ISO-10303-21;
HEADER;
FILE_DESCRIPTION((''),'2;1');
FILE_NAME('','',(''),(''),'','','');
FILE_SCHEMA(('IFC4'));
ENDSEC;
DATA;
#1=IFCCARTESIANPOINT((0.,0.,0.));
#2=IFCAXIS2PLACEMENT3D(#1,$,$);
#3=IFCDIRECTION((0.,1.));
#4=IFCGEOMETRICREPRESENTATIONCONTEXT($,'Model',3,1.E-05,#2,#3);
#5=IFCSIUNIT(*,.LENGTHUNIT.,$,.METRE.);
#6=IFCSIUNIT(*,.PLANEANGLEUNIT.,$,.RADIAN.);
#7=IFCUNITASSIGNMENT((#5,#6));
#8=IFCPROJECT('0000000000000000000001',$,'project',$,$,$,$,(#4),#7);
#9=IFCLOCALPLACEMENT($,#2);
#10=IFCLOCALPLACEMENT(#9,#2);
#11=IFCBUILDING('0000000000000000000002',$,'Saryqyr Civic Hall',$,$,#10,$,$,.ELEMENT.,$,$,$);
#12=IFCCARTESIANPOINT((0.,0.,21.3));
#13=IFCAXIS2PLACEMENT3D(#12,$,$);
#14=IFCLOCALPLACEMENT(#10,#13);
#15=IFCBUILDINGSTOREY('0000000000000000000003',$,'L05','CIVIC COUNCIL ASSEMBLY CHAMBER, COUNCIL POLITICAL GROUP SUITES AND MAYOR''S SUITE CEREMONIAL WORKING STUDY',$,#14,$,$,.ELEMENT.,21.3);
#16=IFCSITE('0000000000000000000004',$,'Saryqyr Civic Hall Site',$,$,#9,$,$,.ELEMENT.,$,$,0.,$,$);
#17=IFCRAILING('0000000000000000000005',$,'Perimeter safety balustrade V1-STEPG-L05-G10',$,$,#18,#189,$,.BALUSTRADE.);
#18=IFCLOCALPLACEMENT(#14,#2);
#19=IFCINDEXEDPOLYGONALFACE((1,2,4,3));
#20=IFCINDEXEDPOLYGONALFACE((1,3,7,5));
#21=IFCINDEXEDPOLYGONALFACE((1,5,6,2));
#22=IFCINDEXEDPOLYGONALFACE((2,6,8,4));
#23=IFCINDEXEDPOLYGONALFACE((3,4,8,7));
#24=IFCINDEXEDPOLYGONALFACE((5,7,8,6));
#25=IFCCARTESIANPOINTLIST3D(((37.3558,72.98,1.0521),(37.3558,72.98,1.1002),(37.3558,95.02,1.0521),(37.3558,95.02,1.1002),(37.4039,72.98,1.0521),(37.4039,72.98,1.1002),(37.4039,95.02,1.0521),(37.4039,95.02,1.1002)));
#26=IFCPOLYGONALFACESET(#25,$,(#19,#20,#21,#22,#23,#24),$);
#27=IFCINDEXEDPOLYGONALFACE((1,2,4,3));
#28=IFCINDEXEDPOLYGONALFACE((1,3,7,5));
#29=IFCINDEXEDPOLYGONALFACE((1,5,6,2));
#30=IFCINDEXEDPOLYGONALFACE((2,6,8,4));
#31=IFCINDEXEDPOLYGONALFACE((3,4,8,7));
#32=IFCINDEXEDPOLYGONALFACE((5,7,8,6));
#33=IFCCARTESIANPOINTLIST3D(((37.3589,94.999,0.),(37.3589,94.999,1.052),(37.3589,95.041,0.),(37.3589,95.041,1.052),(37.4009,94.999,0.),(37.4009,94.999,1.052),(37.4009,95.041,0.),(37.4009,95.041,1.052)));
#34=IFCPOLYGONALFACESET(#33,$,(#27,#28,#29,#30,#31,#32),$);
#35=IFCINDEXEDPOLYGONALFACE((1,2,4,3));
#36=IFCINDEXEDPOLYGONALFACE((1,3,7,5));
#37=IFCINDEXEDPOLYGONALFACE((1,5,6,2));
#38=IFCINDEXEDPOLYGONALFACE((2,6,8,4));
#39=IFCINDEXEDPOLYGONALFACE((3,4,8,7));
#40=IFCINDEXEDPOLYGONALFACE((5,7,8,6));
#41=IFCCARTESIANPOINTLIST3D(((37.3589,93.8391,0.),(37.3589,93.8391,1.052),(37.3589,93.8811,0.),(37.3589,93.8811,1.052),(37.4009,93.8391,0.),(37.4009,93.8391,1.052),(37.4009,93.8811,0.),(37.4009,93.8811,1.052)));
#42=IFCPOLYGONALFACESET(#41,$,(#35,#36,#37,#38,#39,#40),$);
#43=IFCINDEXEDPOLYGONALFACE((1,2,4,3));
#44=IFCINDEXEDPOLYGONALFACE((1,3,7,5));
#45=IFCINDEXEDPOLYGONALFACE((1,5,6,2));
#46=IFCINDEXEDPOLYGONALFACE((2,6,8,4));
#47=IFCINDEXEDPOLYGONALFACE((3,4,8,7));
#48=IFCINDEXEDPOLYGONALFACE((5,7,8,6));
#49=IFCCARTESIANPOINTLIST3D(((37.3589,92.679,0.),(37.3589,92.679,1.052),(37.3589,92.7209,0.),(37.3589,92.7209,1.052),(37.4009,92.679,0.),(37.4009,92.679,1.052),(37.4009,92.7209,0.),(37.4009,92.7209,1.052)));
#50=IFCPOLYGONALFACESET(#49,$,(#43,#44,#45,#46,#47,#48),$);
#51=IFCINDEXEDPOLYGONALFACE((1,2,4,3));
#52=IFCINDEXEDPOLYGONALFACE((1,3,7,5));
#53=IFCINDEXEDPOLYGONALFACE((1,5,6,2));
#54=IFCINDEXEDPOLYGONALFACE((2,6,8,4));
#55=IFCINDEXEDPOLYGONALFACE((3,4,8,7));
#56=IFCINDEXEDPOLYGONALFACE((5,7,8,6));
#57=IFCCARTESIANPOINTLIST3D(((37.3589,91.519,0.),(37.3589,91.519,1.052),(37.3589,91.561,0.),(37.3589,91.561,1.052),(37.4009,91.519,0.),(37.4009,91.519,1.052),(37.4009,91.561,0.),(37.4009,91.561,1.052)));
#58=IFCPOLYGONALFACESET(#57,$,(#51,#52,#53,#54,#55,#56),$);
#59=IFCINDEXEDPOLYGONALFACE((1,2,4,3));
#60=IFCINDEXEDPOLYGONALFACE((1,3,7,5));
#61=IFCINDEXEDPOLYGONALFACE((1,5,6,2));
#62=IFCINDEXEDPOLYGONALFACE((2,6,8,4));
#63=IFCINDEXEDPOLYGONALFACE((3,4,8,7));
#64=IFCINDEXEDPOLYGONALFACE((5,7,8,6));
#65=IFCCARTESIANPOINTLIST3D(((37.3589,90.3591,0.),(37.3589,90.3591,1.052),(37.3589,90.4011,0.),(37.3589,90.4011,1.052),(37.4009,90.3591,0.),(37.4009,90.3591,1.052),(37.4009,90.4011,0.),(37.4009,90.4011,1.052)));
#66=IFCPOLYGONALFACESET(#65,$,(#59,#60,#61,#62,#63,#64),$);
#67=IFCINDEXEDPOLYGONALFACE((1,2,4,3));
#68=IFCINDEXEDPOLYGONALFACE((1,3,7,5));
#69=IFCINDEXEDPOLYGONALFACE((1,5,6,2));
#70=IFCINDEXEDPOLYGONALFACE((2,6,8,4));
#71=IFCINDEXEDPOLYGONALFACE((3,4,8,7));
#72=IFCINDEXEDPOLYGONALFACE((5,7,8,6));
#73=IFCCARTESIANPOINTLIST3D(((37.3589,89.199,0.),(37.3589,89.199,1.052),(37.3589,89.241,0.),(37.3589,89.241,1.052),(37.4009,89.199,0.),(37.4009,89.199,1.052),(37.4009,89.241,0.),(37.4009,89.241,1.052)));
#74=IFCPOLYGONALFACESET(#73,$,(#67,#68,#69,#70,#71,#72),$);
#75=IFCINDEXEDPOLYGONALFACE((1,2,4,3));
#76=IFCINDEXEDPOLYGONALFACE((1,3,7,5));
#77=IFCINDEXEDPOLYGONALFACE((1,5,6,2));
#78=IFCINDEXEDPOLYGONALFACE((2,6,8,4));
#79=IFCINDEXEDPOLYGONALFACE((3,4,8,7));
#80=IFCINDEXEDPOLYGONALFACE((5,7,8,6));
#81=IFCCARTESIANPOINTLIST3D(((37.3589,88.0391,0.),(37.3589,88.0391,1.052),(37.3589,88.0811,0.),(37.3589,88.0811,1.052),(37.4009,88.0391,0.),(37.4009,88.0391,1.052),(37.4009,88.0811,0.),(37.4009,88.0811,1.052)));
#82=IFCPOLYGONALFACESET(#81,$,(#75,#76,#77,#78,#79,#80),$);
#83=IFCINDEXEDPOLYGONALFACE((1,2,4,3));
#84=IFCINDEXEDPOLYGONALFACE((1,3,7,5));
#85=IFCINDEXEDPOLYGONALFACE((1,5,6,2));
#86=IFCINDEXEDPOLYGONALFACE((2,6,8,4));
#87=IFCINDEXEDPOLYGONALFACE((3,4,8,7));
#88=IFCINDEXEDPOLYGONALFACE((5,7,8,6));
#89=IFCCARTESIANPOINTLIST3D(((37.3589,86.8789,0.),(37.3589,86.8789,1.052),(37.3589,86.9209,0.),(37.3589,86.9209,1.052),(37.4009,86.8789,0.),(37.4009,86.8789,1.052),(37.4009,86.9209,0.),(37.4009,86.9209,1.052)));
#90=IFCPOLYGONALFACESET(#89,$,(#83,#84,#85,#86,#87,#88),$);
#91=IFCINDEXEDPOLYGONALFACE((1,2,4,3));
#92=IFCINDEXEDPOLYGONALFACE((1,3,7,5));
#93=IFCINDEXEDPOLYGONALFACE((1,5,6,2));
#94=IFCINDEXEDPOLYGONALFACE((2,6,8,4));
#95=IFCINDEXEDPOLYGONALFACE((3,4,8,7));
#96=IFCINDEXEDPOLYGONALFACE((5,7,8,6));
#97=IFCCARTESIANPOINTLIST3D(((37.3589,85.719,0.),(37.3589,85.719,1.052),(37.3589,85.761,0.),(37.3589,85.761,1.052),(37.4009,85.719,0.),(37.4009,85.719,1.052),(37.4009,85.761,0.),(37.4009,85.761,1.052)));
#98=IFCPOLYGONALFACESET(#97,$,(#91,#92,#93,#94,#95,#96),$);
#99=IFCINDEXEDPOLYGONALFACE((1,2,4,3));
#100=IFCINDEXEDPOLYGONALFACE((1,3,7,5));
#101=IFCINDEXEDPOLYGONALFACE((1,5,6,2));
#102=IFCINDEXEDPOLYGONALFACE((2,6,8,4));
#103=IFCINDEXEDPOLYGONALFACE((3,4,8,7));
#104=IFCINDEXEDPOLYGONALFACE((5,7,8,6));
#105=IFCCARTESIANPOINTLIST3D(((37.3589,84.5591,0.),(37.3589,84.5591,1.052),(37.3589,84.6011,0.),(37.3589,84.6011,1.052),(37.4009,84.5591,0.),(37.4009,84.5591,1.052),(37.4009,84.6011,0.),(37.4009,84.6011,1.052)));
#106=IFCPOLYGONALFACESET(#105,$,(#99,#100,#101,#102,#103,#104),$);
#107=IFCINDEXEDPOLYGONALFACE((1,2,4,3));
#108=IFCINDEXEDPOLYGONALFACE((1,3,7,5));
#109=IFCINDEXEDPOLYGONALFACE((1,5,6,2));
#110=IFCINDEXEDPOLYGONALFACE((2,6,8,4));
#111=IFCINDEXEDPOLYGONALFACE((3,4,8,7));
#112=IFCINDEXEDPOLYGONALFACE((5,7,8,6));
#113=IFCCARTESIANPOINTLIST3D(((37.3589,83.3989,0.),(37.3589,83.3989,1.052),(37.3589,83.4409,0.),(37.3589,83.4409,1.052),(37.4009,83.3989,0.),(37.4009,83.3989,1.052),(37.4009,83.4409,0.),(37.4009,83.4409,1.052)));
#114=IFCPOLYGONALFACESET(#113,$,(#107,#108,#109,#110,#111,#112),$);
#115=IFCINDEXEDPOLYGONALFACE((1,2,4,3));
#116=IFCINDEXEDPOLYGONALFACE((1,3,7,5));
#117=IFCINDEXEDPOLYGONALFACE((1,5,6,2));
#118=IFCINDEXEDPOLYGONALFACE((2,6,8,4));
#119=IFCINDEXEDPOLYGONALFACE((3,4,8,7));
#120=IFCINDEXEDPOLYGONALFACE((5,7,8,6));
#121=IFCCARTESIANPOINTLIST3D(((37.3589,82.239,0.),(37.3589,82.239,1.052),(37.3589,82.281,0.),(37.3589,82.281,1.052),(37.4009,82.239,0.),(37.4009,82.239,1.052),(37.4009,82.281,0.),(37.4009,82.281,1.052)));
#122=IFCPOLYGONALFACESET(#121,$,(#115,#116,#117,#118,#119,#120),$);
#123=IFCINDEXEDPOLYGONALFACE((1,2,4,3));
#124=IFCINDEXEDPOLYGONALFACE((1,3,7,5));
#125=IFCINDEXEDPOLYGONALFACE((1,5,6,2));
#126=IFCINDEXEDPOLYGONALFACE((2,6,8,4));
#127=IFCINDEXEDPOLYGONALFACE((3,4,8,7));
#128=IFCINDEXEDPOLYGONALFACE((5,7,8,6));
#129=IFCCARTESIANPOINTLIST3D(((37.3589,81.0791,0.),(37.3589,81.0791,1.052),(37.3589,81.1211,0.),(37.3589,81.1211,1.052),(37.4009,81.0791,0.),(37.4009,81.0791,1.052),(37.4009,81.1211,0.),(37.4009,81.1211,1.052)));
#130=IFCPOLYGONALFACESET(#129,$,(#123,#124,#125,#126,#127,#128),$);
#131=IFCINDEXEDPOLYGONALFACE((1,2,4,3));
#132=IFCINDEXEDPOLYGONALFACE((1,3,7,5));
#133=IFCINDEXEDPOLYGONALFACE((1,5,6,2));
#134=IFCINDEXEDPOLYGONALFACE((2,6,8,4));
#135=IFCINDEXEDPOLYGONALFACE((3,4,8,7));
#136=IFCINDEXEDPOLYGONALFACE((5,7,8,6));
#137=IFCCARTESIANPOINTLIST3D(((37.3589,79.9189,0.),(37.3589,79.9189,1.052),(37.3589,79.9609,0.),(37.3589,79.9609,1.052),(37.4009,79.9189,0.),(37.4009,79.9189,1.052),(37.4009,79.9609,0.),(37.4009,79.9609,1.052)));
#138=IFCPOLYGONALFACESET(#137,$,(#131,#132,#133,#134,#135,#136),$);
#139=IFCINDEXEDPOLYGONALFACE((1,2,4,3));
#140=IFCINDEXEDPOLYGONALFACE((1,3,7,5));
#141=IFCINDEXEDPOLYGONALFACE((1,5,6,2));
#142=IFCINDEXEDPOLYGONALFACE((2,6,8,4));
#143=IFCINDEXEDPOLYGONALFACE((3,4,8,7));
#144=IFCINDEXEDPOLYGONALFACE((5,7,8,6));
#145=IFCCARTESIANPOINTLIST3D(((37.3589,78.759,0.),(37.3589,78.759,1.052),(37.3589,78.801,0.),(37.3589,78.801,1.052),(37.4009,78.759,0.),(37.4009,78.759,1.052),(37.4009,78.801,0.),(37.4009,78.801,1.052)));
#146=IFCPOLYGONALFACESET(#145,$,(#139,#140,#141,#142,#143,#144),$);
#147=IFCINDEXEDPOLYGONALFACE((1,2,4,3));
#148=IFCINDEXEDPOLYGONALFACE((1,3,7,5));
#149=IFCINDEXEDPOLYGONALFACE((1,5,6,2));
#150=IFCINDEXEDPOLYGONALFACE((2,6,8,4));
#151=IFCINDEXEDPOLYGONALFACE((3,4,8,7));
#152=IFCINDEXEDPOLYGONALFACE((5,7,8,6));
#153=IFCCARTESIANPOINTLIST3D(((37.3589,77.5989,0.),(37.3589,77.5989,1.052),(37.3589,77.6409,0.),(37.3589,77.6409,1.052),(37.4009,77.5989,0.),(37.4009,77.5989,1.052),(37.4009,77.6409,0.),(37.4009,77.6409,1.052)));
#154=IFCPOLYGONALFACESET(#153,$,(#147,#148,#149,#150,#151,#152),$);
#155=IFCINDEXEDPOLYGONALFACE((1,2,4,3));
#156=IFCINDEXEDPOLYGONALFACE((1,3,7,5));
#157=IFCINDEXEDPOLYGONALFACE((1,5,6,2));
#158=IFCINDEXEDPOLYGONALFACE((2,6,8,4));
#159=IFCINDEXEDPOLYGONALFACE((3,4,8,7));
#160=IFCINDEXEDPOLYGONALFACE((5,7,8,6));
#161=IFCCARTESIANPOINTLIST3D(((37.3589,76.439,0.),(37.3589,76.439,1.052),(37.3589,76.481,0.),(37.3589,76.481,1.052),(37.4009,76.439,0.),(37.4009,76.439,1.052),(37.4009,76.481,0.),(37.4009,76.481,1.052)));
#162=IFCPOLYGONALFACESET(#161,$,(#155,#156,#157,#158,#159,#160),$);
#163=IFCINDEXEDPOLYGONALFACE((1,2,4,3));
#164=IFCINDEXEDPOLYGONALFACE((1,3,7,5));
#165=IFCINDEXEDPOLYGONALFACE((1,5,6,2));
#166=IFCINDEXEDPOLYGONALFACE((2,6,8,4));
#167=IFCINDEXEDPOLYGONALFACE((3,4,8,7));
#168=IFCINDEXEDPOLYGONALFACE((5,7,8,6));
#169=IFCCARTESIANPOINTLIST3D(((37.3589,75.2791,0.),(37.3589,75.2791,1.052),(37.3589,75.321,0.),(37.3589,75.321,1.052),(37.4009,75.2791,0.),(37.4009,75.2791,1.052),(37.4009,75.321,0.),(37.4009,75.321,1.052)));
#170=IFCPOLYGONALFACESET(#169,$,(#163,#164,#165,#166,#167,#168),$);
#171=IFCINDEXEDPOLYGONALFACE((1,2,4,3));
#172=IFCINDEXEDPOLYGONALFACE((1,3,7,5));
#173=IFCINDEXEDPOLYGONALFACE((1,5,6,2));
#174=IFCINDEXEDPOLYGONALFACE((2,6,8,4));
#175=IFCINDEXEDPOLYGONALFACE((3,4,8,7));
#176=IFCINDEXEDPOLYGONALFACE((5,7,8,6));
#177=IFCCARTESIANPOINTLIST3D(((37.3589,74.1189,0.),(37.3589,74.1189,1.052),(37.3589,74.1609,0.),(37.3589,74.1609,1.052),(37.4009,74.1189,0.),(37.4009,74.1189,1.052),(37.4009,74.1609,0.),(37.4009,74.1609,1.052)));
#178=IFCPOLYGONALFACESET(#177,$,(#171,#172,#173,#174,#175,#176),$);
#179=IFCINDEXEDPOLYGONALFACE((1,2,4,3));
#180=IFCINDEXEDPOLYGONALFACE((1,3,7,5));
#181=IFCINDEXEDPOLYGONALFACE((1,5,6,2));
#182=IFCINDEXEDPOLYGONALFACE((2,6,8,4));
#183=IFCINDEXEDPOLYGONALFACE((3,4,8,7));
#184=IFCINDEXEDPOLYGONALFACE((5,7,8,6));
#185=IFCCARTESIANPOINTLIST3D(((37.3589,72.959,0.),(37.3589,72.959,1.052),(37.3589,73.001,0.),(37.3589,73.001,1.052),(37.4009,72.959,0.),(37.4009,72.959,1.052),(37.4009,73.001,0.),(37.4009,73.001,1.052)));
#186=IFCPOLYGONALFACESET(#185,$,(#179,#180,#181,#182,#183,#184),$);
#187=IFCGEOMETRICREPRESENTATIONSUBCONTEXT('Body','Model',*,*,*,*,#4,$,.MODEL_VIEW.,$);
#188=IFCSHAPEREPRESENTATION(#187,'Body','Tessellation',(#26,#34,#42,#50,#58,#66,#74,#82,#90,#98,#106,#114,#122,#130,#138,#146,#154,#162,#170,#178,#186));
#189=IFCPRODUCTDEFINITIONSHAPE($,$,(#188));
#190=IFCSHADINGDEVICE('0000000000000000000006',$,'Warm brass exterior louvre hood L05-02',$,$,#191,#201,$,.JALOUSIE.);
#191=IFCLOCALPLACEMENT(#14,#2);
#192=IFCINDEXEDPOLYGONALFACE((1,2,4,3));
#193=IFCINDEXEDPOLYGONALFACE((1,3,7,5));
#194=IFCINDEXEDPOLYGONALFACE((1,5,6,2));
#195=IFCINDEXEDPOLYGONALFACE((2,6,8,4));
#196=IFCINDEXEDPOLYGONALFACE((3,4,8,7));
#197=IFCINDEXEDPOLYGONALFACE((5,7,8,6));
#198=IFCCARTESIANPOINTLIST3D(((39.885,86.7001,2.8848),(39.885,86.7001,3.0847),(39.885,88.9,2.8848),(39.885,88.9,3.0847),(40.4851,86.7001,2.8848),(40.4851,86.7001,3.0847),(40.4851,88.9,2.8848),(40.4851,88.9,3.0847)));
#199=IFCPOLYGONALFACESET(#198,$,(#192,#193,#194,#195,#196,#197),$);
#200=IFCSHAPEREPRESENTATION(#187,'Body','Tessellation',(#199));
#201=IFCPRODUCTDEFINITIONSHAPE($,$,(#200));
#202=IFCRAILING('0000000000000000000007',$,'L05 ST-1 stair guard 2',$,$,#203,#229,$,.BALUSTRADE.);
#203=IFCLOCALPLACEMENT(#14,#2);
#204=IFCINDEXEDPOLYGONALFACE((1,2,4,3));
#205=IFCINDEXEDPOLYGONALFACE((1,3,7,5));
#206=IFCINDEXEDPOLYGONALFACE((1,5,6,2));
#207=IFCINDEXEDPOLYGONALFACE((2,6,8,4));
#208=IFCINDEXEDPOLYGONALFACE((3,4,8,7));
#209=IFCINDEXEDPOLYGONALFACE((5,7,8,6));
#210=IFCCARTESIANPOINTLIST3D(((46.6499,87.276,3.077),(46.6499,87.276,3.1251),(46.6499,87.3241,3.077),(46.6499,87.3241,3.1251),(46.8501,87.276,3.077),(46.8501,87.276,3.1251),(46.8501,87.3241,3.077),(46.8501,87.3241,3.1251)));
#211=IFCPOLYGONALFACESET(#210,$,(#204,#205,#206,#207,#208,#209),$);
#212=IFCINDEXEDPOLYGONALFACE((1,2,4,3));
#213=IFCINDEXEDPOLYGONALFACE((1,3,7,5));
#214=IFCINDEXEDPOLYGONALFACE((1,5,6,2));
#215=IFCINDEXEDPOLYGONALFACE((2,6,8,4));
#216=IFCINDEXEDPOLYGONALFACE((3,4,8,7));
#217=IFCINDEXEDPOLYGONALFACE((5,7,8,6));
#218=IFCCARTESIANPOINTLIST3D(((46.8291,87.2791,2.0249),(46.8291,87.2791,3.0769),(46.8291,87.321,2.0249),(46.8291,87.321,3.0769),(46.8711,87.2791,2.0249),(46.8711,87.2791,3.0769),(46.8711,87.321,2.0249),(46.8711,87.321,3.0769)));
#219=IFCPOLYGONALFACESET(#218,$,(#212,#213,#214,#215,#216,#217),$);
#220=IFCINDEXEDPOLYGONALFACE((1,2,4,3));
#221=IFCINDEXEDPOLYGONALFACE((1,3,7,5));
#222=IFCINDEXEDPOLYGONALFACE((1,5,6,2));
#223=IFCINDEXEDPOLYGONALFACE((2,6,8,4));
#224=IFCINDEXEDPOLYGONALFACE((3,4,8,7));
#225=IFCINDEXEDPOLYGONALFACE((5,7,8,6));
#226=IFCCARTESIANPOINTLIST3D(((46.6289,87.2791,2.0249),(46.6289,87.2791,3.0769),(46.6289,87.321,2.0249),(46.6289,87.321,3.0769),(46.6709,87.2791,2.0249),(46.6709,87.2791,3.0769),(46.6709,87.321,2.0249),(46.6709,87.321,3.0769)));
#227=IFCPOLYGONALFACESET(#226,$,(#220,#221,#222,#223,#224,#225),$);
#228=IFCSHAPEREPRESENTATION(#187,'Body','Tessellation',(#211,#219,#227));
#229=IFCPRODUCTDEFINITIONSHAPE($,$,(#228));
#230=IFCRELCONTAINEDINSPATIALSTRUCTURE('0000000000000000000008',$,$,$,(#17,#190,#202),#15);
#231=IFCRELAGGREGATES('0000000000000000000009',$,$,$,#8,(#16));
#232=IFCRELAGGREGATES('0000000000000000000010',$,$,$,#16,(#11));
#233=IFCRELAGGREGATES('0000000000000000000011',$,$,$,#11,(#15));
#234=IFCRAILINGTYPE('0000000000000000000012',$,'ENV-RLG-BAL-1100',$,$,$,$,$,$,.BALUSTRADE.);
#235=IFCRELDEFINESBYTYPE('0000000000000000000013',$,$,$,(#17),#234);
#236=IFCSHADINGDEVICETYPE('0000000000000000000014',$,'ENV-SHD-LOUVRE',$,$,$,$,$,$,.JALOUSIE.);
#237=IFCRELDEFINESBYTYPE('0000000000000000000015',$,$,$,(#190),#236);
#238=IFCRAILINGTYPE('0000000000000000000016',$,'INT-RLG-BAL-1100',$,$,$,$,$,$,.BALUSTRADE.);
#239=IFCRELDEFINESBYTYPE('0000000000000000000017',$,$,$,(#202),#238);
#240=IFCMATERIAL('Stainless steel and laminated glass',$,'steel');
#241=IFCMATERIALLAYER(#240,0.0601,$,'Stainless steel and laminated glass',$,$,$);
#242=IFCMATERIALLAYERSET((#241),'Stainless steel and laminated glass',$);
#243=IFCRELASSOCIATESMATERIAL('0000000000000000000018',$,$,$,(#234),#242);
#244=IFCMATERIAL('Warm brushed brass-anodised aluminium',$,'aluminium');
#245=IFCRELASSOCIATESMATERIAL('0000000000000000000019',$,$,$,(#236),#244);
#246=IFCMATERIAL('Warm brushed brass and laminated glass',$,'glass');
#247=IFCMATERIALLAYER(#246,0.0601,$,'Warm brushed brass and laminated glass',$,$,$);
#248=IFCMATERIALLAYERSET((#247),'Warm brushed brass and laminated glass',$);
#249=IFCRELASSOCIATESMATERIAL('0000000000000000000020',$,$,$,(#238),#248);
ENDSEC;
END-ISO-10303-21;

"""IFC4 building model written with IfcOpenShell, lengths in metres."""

from ifc_helpers import new_model, si_unit, direction, frame, origin, origin_2d, place, context, subcontext, project, spatial, rectangle, extrude, material, layer, layer_set, type_object, element, save


model = new_model("IFC4")

# Units and contexts
model_context = context("Model", 3, precision=1e-05, world=origin(), true_north=direction((0.0, 1.0)))
body_context = subcontext(model_context, "Body", "Model", "MODEL_VIEW")
ifc_project = project(units=[si_unit("LENGTHUNIT", "METRE"), si_unit("PLANEANGLEUNIT", "RADIAN")], contexts=[model_context])

# Site, building, storey
site_placement = place(None, origin())
site = spatial("IfcSite", under=ifc_project, at=site_placement, Name="Saryqyr Civic Hall Site", CompositionType="ELEMENT", RefElevation=0.0)
building_placement = place(site_placement, origin())
building = spatial("IfcBuilding", under=site, at=building_placement, Name="Saryqyr Civic Hall", CompositionType="ELEMENT")
storey_placement = place(building_placement, frame((0.0, 0.0, 21.3)))
storey = spatial("IfcBuildingStorey", under=building, at=storey_placement, Name="L05", Description="CIVIC COUNCIL ASSEMBLY CHAMBER, COUNCIL POLITICAL GROUP SUITES AND MAYOR'S SUITE CEREMONIAL WORKING STUDY", CompositionType="ELEMENT", Elevation=21.3)

# Shared definitions
ifc_material_1 = material(Name="Warm brushed brass-anodised aluminium", Category="aluminium")

# Railing
ifc_material_2 = material(Name="Stainless steel and laminated glass", Category="steel")
ifc_layer_1 = layer(ifc_material_2, 0.0601, Name="Stainless steel and laminated glass")
ifc_layer_set_1 = layer_set([ifc_layer_1], Name="Stainless steel and laminated glass")
railing_type_1 = type_object("IfcRailingType", Name="ENV-RLG-BAL-1100", PredefinedType="BALUSTRADE", material=ifc_layer_set_1)
railing_1_placement = place(storey_placement, frame((37.3799, 95.02, 0.0)))
element("IfcRailing", 1, at=railing_1_placement, inside=storey, type_object=railing_type_1, Name="Perimeter safety balustrade V1-STEPG-L05-G10", PredefinedType="BALUSTRADE", context=body_context, shape_type="SweptSolid", body=[
    extrude(rectangle(XDim=0.0481, YDim=0.0481, at=origin_2d()), frame((0.0, 0.0, 1.0762), z_axis=(0.0, -1.0, 0.0), x_axis=(1.0, 0.0, 0.0)), (0.0, 0.0, 1.0), 22.04),
    extrude(rectangle(XDim=0.042, YDim=0.042, at=origin_2d()), origin(), (0.0, 0.0, 1.0), 1.052),
    extrude(rectangle(XDim=0.042, YDim=0.042, at=origin_2d()), frame((0.0, -1.1599, 0.0)), (0.0, 0.0, 1.0), 1.052),
    extrude(rectangle(XDim=0.042, YDim=0.042, at=origin_2d()), frame((0.0, -2.3201, 0.0)), (0.0, 0.0, 1.0), 1.052),
    extrude(rectangle(XDim=0.042, YDim=0.042, at=origin_2d()), frame((0.0, -3.48, 0.0)), (0.0, 0.0, 1.0), 1.052),
    extrude(rectangle(XDim=0.042, YDim=0.042, at=origin_2d()), frame((0.0, -4.6399, 0.0)), (0.0, 0.0, 1.0), 1.052),
    extrude(rectangle(XDim=0.042, YDim=0.042, at=origin_2d()), frame((0.0, -5.8, 0.0)), (0.0, 0.0, 1.0), 1.052),
    extrude(rectangle(XDim=0.042, YDim=0.042, at=origin_2d()), frame((0.0, -6.96, 0.0)), (0.0, 0.0, 1.0), 1.052),
    extrude(rectangle(XDim=0.042, YDim=0.042, at=origin_2d()), frame((0.0, -8.1201, 0.0)), (0.0, 0.0, 1.0), 1.052),
    extrude(rectangle(XDim=0.042, YDim=0.042, at=origin_2d()), frame((0.0, -9.28, 0.0)), (0.0, 0.0, 1.0), 1.052),
    extrude(rectangle(XDim=0.042, YDim=0.042, at=origin_2d()), frame((0.0, -10.4399, 0.0)), (0.0, 0.0, 1.0), 1.052),
    extrude(rectangle(XDim=0.042, YDim=0.042, at=origin_2d()), frame((0.0, -11.6001, 0.0)), (0.0, 0.0, 1.0), 1.052),
    extrude(rectangle(XDim=0.042, YDim=0.042, at=origin_2d()), frame((0.0, -12.76, 0.0)), (0.0, 0.0, 1.0), 1.052),
    extrude(rectangle(XDim=0.042, YDim=0.042, at=origin_2d()), frame((0.0, -13.9199, 0.0)), (0.0, 0.0, 1.0), 1.052),
    extrude(rectangle(XDim=0.042, YDim=0.042, at=origin_2d()), frame((0.0, -15.0801, 0.0)), (0.0, 0.0, 1.0), 1.052),
    extrude(rectangle(XDim=0.042, YDim=0.042, at=origin_2d()), frame((0.0, -16.24, 0.0)), (0.0, 0.0, 1.0), 1.052),
    extrude(rectangle(XDim=0.042, YDim=0.042, at=origin_2d()), frame((0.0, -17.4001, 0.0)), (0.0, 0.0, 1.0), 1.052),
    extrude(rectangle(XDim=0.042, YDim=0.042, at=origin_2d()), frame((0.0, -18.5601, 0.0)), (0.0, 0.0, 1.0), 1.052),
    extrude(rectangle(XDim=0.042, YDim=0.042, at=origin_2d()), frame((0.0, -19.72, 0.0)), (0.0, 0.0, 1.0), 1.052),
    extrude(rectangle(XDim=0.042, YDim=0.042, at=origin_2d()), frame((0.0, -20.8801, 0.0)), (0.0, 0.0, 1.0), 1.052),
    extrude(rectangle(XDim=0.042, YDim=0.042, at=origin_2d()), frame((0.0, -22.04, 0.0)), (0.0, 0.0, 1.0), 1.052),
])

# Shading device
shading_device_type = type_object("IfcShadingDeviceType", Name="ENV-SHD-LOUVRE", PredefinedType="JALOUSIE", material=ifc_material_1)
shading_device_placement = place(storey_placement, frame((40.1851, 87.8, 2.8848), z_axis=(0.0, 0.0, 1.0), x_axis=(0.0, 1.0, 0.0)))
element("IfcShadingDevice", 2, at=shading_device_placement, inside=storey, type_object=shading_device_type, Name="Warm brass exterior louvre hood L05-02", PredefinedType="JALOUSIE", context=body_context, shape_type="SweptSolid", body=[
    extrude(rectangle(XDim=2.2, YDim=0.6001, at=origin_2d()), origin(), (0.0, 0.0, 1.0), 0.2),
])

# Railing
ifc_material_3 = material(Name="Warm brushed brass and laminated glass", Category="glass")
ifc_layer_2 = layer(ifc_material_3, 0.0601, Name="Warm brushed brass and laminated glass")
ifc_layer_set_2 = layer_set([ifc_layer_2], Name="Warm brushed brass and laminated glass")
railing_type_2 = type_object("IfcRailingType", Name="INT-RLG-BAL-1100", PredefinedType="BALUSTRADE", material=ifc_layer_set_2)
railing_2_placement = place(storey_placement, frame((46.8501, 87.3, 2.0249)))
element("IfcRailing", 3, at=railing_2_placement, inside=storey, type_object=railing_type_2, Name="L05 ST-1 stair guard 2", PredefinedType="BALUSTRADE", context=body_context, shape_type="SweptSolid", body=[
    extrude(rectangle(XDim=0.0481, YDim=0.0481, at=origin_2d()), frame((0.0, 0.0, 1.0762), z_axis=(-1.0, 0.0, 0.0), x_axis=(0.0, -1.0, 0.0)), (0.0, 0.0, 1.0), 0.2002),
    extrude(rectangle(XDim=0.042, YDim=0.042, at=origin_2d()), origin(), (0.0, 0.0, 1.0), 1.052),
    extrude(rectangle(XDim=0.042, YDim=0.042, at=origin_2d()), frame((-0.2002, 0.0, 0.0)), (0.0, 0.0, 1.0), 1.052),
])

save(model, "model.ifc")
